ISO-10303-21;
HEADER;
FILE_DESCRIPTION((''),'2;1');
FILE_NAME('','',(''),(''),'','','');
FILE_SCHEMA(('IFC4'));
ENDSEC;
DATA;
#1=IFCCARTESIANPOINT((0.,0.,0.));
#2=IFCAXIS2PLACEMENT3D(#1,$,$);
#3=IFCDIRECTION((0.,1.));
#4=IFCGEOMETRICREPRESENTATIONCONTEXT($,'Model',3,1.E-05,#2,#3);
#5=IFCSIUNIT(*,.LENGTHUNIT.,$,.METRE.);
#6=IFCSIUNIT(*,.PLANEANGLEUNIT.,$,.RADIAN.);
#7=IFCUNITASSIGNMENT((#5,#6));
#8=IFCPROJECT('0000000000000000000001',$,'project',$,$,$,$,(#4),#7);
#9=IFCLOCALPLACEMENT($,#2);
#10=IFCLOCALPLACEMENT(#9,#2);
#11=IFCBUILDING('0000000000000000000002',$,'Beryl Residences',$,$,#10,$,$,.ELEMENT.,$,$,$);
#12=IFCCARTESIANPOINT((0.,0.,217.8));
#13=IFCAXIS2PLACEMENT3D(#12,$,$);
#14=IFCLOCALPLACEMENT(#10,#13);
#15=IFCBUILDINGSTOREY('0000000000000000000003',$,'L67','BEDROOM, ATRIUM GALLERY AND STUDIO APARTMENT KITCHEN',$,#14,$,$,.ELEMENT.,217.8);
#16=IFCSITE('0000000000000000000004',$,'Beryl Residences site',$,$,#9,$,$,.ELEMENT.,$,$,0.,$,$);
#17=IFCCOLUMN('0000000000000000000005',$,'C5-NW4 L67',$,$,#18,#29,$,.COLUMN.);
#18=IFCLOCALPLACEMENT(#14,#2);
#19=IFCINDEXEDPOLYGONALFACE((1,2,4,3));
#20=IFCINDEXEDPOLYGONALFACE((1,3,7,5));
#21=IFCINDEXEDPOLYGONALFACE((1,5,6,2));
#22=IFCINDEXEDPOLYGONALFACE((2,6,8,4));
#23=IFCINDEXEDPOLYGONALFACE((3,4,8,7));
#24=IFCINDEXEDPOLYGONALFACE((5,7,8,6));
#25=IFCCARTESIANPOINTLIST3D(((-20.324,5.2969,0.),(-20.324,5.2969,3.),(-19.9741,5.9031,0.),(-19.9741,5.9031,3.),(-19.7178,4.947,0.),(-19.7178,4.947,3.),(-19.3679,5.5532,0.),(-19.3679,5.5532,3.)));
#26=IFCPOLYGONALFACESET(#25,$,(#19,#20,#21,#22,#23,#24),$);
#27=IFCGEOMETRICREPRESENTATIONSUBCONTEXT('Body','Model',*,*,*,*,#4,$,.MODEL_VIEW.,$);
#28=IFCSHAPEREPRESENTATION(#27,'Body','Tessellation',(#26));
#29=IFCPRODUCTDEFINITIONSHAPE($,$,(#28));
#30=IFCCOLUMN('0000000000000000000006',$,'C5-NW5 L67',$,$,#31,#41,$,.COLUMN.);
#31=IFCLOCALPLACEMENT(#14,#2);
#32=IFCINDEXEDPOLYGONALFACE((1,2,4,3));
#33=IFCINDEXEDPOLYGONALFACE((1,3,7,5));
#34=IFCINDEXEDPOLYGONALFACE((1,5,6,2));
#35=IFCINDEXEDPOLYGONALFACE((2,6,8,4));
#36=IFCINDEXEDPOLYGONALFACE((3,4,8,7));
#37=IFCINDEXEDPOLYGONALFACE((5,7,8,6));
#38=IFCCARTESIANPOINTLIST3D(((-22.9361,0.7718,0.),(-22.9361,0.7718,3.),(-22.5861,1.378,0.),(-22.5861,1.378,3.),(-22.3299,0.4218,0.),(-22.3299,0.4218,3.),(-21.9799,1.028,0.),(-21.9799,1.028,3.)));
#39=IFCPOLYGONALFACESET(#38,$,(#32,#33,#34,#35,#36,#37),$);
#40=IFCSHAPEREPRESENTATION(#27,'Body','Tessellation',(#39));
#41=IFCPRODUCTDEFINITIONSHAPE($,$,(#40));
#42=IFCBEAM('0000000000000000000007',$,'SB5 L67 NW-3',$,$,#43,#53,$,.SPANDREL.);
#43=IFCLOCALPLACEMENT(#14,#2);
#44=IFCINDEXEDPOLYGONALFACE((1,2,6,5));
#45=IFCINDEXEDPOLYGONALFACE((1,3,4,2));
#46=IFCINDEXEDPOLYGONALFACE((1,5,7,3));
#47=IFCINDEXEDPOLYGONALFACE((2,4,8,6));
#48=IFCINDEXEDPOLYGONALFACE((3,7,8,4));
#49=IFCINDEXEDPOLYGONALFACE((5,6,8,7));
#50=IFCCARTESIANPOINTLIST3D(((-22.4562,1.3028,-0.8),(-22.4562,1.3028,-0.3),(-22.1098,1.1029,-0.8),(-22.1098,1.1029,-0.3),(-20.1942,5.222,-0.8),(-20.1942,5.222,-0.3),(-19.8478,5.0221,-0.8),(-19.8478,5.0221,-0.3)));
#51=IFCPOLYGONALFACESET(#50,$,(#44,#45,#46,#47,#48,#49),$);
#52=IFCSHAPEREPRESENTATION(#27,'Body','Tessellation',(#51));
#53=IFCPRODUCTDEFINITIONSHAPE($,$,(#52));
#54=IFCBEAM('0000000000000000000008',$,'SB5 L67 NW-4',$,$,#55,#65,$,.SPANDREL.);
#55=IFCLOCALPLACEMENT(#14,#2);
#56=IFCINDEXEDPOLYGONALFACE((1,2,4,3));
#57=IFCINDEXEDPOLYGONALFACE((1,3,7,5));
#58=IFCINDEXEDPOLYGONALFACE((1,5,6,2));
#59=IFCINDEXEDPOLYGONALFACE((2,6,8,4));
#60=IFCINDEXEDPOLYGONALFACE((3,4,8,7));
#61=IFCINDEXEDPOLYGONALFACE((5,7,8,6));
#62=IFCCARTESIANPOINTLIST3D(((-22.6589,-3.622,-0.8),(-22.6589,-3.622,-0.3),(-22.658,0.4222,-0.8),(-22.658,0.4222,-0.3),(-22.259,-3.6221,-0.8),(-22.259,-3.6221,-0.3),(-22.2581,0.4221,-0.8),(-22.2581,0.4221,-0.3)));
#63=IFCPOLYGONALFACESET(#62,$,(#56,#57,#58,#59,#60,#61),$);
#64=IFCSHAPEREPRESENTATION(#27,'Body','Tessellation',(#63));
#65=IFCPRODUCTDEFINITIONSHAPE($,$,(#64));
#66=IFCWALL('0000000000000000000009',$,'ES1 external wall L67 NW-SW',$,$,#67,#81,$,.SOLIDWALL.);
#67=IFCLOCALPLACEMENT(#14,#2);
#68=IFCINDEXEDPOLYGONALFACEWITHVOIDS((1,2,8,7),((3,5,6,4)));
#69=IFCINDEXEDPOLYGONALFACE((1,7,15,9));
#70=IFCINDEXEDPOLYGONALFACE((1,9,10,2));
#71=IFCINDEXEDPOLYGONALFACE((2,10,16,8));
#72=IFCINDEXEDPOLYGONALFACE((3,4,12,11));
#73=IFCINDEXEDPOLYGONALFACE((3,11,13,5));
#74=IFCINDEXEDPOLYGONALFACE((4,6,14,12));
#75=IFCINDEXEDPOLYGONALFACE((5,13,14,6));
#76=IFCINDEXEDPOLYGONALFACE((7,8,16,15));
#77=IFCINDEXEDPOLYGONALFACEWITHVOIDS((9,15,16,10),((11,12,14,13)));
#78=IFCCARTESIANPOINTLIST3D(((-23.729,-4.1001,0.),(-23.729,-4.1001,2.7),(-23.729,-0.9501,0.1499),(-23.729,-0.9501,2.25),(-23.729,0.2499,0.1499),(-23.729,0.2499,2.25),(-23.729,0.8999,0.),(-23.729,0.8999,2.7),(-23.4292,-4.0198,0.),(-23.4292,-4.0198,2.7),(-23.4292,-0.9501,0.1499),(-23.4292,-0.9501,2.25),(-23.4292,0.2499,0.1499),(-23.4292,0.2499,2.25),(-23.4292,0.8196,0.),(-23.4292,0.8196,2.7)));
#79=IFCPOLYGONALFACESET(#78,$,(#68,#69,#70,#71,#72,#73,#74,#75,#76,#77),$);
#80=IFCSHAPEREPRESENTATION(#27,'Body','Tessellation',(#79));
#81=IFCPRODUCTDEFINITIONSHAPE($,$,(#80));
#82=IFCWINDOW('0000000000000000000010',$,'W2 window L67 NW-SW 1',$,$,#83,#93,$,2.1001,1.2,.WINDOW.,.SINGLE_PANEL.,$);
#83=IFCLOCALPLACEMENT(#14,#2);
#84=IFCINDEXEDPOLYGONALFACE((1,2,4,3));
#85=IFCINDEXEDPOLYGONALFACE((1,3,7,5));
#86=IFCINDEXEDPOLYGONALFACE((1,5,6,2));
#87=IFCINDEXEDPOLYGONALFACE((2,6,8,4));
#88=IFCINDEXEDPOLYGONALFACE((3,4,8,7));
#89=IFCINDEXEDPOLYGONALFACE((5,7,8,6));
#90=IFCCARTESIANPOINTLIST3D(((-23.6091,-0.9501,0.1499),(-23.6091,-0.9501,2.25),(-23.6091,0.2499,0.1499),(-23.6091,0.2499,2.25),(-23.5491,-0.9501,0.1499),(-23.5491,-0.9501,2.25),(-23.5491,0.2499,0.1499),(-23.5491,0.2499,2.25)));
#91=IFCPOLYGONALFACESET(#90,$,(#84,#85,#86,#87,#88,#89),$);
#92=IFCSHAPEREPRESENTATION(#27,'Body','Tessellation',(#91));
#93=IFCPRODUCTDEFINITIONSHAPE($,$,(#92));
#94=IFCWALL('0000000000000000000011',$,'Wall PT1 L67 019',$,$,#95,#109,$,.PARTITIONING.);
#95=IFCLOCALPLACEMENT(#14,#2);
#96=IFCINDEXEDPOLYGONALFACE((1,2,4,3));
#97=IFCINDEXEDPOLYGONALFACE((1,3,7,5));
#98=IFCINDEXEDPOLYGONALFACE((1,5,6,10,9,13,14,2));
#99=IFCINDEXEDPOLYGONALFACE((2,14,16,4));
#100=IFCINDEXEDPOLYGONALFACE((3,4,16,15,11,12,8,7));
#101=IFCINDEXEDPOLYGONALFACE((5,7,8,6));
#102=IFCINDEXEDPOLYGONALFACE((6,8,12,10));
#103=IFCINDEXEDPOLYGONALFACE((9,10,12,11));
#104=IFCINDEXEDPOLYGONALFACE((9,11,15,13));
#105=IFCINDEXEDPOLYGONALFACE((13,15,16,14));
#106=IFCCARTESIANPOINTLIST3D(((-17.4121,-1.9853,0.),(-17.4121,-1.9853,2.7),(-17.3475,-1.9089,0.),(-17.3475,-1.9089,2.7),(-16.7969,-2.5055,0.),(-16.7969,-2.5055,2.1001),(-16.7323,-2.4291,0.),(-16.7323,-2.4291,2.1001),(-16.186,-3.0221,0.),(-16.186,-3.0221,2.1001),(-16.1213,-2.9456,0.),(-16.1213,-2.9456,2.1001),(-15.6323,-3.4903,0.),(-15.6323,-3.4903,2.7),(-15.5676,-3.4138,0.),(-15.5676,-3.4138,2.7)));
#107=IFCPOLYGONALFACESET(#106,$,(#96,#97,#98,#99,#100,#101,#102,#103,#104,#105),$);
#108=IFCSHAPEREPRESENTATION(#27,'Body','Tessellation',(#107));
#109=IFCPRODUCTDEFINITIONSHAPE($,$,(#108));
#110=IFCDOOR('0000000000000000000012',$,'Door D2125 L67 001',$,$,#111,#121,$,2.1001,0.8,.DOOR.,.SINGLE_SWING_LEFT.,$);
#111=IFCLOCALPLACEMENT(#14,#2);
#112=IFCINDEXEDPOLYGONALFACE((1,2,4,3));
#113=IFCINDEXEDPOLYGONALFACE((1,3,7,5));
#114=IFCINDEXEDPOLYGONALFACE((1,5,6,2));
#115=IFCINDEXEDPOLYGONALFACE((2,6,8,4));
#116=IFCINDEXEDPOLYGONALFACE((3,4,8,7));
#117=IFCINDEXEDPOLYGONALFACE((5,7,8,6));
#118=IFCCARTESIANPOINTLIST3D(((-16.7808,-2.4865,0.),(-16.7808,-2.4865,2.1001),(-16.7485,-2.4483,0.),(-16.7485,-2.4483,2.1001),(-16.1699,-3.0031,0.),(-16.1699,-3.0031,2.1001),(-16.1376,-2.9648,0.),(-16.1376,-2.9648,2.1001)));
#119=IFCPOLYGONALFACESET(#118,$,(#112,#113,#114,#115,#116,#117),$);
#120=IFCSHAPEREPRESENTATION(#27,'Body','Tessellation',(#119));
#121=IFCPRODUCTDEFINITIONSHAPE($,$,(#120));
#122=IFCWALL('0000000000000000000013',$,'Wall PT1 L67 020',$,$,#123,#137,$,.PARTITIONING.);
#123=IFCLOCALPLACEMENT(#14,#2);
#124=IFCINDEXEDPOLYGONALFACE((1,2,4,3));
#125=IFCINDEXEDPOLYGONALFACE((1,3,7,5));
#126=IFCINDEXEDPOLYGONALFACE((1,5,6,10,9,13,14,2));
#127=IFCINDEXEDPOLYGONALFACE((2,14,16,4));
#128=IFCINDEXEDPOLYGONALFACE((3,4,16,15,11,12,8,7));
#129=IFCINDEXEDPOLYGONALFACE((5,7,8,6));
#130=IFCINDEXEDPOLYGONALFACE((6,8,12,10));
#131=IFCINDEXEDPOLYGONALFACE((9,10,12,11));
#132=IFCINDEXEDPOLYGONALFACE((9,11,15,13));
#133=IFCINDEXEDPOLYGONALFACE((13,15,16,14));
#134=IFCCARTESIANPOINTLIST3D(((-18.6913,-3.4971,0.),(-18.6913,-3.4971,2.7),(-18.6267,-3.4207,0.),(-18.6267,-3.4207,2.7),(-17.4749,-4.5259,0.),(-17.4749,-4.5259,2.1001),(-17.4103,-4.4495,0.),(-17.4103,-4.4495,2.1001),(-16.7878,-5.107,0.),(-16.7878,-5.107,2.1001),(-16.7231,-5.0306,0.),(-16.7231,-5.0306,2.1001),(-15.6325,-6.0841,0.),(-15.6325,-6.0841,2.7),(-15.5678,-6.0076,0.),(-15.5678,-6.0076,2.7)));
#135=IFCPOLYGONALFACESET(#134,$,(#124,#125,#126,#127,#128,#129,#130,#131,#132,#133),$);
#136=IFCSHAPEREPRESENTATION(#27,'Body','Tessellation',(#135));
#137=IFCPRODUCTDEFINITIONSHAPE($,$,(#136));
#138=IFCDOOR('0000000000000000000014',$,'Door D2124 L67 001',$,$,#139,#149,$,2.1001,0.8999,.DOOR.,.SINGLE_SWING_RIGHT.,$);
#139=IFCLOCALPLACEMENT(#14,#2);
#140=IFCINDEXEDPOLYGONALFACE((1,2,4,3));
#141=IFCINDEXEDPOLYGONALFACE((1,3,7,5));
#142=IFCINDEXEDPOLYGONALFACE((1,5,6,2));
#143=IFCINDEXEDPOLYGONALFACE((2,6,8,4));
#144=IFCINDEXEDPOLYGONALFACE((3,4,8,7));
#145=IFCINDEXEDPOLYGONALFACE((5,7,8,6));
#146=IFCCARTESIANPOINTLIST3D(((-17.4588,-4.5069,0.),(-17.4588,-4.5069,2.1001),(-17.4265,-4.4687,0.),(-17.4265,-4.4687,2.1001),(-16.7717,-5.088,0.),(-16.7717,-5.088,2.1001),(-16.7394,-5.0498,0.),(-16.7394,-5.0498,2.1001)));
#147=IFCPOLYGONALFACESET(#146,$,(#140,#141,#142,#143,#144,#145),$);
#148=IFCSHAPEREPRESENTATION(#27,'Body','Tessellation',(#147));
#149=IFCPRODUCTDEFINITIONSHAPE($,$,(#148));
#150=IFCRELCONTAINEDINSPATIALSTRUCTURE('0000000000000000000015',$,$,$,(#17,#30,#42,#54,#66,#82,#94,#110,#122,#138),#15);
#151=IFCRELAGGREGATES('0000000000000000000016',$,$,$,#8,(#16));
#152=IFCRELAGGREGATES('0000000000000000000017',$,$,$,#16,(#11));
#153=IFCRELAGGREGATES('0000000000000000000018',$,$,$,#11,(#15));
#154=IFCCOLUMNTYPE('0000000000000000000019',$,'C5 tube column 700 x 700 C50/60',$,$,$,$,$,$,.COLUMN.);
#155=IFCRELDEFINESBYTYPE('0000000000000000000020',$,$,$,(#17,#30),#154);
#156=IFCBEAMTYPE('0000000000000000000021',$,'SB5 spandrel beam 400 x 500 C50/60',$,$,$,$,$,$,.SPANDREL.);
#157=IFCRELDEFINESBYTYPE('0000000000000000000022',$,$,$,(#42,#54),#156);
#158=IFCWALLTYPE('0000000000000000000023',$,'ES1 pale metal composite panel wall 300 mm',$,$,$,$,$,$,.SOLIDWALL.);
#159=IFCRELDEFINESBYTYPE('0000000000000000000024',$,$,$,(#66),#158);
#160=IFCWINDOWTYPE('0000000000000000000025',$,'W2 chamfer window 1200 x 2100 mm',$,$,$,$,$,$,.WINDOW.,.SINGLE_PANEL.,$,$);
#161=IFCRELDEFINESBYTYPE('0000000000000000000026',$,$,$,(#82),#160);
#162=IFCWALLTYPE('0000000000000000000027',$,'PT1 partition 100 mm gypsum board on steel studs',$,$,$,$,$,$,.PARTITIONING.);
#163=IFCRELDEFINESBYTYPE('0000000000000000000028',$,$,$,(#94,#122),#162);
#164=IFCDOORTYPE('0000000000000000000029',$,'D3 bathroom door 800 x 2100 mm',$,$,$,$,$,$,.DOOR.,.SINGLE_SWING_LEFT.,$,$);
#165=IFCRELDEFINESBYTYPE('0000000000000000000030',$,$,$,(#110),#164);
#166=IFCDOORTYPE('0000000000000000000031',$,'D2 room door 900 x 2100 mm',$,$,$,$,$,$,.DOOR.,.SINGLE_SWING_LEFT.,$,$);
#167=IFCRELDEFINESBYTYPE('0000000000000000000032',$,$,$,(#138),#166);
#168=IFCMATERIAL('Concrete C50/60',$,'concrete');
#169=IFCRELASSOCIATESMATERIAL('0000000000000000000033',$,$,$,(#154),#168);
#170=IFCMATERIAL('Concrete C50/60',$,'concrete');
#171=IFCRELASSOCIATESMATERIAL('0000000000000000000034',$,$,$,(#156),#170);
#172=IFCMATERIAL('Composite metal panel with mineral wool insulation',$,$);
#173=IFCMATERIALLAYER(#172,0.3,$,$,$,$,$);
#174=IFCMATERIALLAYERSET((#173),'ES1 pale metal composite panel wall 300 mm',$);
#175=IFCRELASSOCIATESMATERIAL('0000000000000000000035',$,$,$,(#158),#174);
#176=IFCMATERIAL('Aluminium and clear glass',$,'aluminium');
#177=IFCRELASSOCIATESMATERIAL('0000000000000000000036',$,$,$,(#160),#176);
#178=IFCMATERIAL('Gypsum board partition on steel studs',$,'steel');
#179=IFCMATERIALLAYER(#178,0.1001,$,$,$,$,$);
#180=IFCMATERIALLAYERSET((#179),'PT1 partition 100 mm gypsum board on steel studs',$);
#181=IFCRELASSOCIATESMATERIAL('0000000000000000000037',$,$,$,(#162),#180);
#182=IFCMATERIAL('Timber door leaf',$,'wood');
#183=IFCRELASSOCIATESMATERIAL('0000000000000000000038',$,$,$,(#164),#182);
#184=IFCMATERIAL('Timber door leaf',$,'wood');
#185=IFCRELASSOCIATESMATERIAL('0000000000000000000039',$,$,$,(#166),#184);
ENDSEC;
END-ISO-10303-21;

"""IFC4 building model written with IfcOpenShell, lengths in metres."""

from ifc_helpers import new_model, si_unit, direction, frame, frame_2d, origin, origin_2d, place, context, subcontext, project, spatial, polyline, rectangle, outline, extrude, material, layer, layer_set, material_profile, profile_set, type_object, element, fill, save


model = new_model("IFC4")

# Units and contexts
model_context = context("Model", 3, precision=1e-05, world=origin(), true_north=direction((0.0, 1.0)))
body_context = subcontext(model_context, "Body", "Model", "MODEL_VIEW")
ifc_project = project(units=[si_unit("LENGTHUNIT", "METRE"), si_unit("PLANEANGLEUNIT", "RADIAN")], contexts=[model_context])

# Site, building, storey
site_placement = place(None, origin())
site = spatial("IfcSite", under=ifc_project, at=site_placement, Name="Beryl Residences site", CompositionType="ELEMENT", RefElevation=0.0)
building_placement = place(site_placement, origin())
building = spatial("IfcBuilding", under=site, at=building_placement, Name="Beryl Residences", CompositionType="ELEMENT")
storey_placement = place(building_placement, frame((0.0, 0.0, 217.8)))
storey = spatial("IfcBuildingStorey", under=building, at=storey_placement, Name="L67", Description="BEDROOM, ATRIUM GALLERY AND STUDIO APARTMENT KITCHEN", CompositionType="ELEMENT", Elevation=217.8)

# Columns
ifc_material_1 = material(Name="Concrete C50/60", Category="concrete")
ifc_material_profile_1 = material_profile(ifc_material_1, rectangle(XDim=0.7, YDim=0.7, at=origin_2d()))
ifc_profile_set_1 = profile_set([ifc_material_profile_1], Name="Concrete C50/60")
column_type = type_object("IfcColumnType", Name="C5 tube column 700 x 700 C50/60", PredefinedType="COLUMN", material=ifc_profile_set_1)
for number, where, z_axis, x_axis, name in (
    (1, (-19.8459, 5.425, 0.0), (0.0, 0.0, 1.0), (-0.49997, -0.866043, 0.0), "C5-NW4 L67"),
    (2, (-22.458, 0.8999, 0.0), (0.0, 0.0, 1.0), (-0.49997, -0.866043, 0.0), "C5-NW5 L67"),
):
    element("IfcColumn", number, at=place(storey_placement, frame(where, z_axis=z_axis, x_axis=x_axis)), inside=storey, type_object=column_type, Name=name, PredefinedType="COLUMN", context=body_context, shape_type="SweptSolid", body=[
        extrude(rectangle(XDim=0.7, YDim=0.7, at=origin_2d()), origin(), (0.0, 0.0, 1.0), 3.0),
    ])

# Beams
ifc_material_2 = material(Name="Concrete C50/60", Category="concrete")
ifc_material_profile_2 = material_profile(ifc_material_2, rectangle(XDim=0.3999, YDim=0.5, at=origin_2d()))
ifc_profile_set_2 = profile_set([ifc_material_profile_2], Name="Concrete C50/60")
beam_type = type_object("IfcBeamType", Name="SB5 spandrel beam 400 x 500 C50/60", PredefinedType="SPANDREL", material=ifc_profile_set_2)
beam_1_placement = place(storey_placement, frame((-20.021, 5.1221, -0.55), z_axis=(-0.49987, -0.8661, 0.0), x_axis=(0.8661, -0.49987, 0.0)))
element("IfcBeam", 3, at=beam_1_placement, inside=storey, type_object=beam_type, Name="SB5 L67 NW-3", PredefinedType="SPANDREL", context=body_context, shape_type="SweptSolid", body=[
    extrude(rectangle(XDim=0.3999, YDim=0.5, at=origin_2d()), origin(), (0.0, 0.0, 1.0), 4.5251),
])
beam_2_placement = place(storey_placement, frame((-22.458, 0.4221, -0.55), z_axis=(-0.000241, -1.0, 0.0), x_axis=(1.0, -0.000241, 0.0)))
element("IfcBeam", 4, at=beam_2_placement, inside=storey, type_object=beam_type, Name="SB5 L67 NW-4", PredefinedType="SPANDREL", context=body_context, shape_type="SweptSolid", body=[
    extrude(rectangle(XDim=0.3999, YDim=0.5, at=origin_2d()), origin(), (0.0, 0.0, 1.0), 4.0442),
])

# Wall, opening, window
ifc_material_3 = material(Name="Composite metal panel with mineral wool insulation")
ifc_layer_1 = layer(ifc_material_3, 0.3)
ifc_layer_set_1 = layer_set([ifc_layer_1], Name="ES1 pale metal composite panel wall 300 mm")
wall_type_1 = type_object("IfcWallType", Name="ES1 pale metal composite panel wall 300 mm", PredefinedType="SOLIDWALL", material=ifc_layer_set_1)
wall_1_placement = place(storey_placement, frame((-23.5791, 0.8999, 0.0), z_axis=(0.0, 0.0, 1.0), x_axis=(0.0, -1.0, 0.0)))
wall_1 = element("IfcWall", 5, at=wall_1_placement, inside=storey, type_object=wall_type_1, Name="ES1 external wall L67 NW-SW", PredefinedType="SOLIDWALL", context=body_context, shape_type="SweptSolid", body=[
    extrude(outline(polyline([(0.0, -0.1499), (5.0, -0.1499), (4.9197, 0.1499), (0.0803, 0.1499), (0.0, -0.1499)])), origin(), (0.0, 0.0, 1.0), 2.7),
])
opening_1_placement = place(wall_1_placement, frame((0.6499, 0.0, 0.1499)))
opening_1 = element("IfcOpeningElement", 6, at=opening_1_placement, cuts=wall_1, PredefinedType="OPENING", context=body_context, shape_type="SweptSolid", body=[
    extrude(rectangle(XDim=1.2, YDim=2.1001, at=frame_2d((0.6001, 1.05))), frame((0.0, 0.1599, 0.0), z_axis=(0.0, -1.0, 0.0), x_axis=(1.0, 0.0, 0.0)), (0.0, 0.0, 1.0), 0.3201),
])
ifc_material_4 = material(Name="Aluminium and clear glass", Category="aluminium")
window_type = type_object("IfcWindowType", Name="W2 chamfer window 1200 x 2100 mm", PartitioningType="SINGLE_PANEL", PredefinedType="WINDOW", material=ifc_material_4)
window_placement = place(opening_1_placement, origin())
window = element("IfcWindow", 7, at=window_placement, inside=storey, type_object=window_type, Name="W2 window L67 NW-SW 1", OverallHeight=2.1001, OverallWidth=1.2, PartitioningType="SINGLE_PANEL", PredefinedType="WINDOW", context=body_context, shape_type="SweptSolid", body=[
    extrude(rectangle(XDim=1.2, YDim=2.1001, at=frame_2d((0.6001, 1.05))), frame((0.0, 0.03, 0.0), z_axis=(0.0, -1.0, 0.0), x_axis=(1.0, 0.0, 0.0)), (0.0, 0.0, 1.0), 0.0601),
])
fill(opening_1, window)

# Walls, openings, doors
ifc_material_5 = material(Name="Gypsum board partition on steel studs", Category="steel")
ifc_layer_2 = layer(ifc_material_5, 0.1001)
ifc_layer_set_2 = layer_set([ifc_layer_2], Name="PT1 partition 100 mm gypsum board on steel studs")
wall_type_2 = type_object("IfcWallType", Name="PT1 partition 100 mm gypsum board on steel studs", PredefinedType="PARTITIONING", material=ifc_layer_set_2)
wall_2_placement = place(storey_placement, frame((-17.3799, -1.947, 0.0), z_axis=(0.0, 0.0, 1.0), x_axis=(0.763617, -0.64567, 0.0)))
wall_2 = element("IfcWall", 8, at=wall_2_placement, inside=storey, type_object=wall_type_2, Name="Wall PT1 L67 019", PredefinedType="PARTITIONING", context=body_context, shape_type="SweptSolid", body=[
    extrude(rectangle(XDim=2.3308, YDim=0.1001, at=frame_2d((1.1655, 0.0))), origin(), (0.0, 0.0, 1.0), 2.7),
])
opening_2_placement = place(wall_2_placement, frame((0.8059, 0.0, 0.0)))
opening_2 = element("IfcOpeningElement", 9, at=opening_2_placement, cuts=wall_2, PredefinedType="OPENING", context=body_context, shape_type="SweptSolid", body=[
    extrude(rectangle(XDim=0.8, YDim=2.1001, at=frame_2d((0.3999, 1.05))), frame((0.0, 0.0601, 0.0), z_axis=(0.0, -1.0, 0.0), x_axis=(1.0, 0.0, 0.0)), (0.0, 0.0, 1.0), 0.1201),
])
ifc_material_6 = material(Name="Timber door leaf", Category="wood")
door_type_1 = type_object("IfcDoorType", Name="D3 bathroom door 800 x 2100 mm", OperationType="SINGLE_SWING_LEFT", PredefinedType="DOOR", material=ifc_material_6)
door_1_placement = place(opening_2_placement, origin())
door_1 = element("IfcDoor", 10, at=door_1_placement, inside=storey, type_object=door_type_1, Name="Door D2125 L67 001", OperationType="SINGLE_SWING_LEFT", OverallHeight=2.1001, OverallWidth=0.8, PredefinedType="DOOR", context=body_context, shape_type="SweptSolid", body=[
    extrude(rectangle(XDim=0.8, YDim=2.1001, at=frame_2d((0.3999, 1.05))), frame((0.0, 0.0249, 0.0), z_axis=(0.0, -1.0, 0.0), x_axis=(1.0, 0.0, 0.0)), (0.0, 0.0, 1.0), 0.05),
])
fill(opening_2, door_1)
wall_3_placement = place(storey_placement, frame((-18.6589, -3.459, 0.0), z_axis=(0.0, 0.0, 1.0), x_axis=(0.76355, -0.645748, 0.0)))
wall_3 = element("IfcWall", 11, at=wall_3_placement, inside=storey, type_object=wall_type_2, Name="Wall PT1 L67 020", PredefinedType="PARTITIONING", context=body_context, shape_type="SweptSolid", body=[
    extrude(rectangle(XDim=4.0061, YDim=0.1001, at=frame_2d((2.0029, 0.0))), origin(), (0.0, 0.0, 1.0), 2.7),
])
opening_3_placement = place(wall_3_placement, frame((1.593, 0.0, 0.0)))
opening_3 = element("IfcOpeningElement", 12, at=opening_3_placement, cuts=wall_3, PredefinedType="OPENING", context=body_context, shape_type="SweptSolid", body=[
    extrude(rectangle(XDim=0.8999, YDim=2.1001, at=frame_2d((0.45, 1.05))), frame((0.0, 0.0601, 0.0), z_axis=(0.0, -1.0, 0.0), x_axis=(1.0, 0.0, 0.0)), (0.0, 0.0, 1.0), 0.1201),
])
ifc_material_7 = material(Name="Timber door leaf", Category="wood")
door_type_2 = type_object("IfcDoorType", Name="D2 room door 900 x 2100 mm", OperationType="SINGLE_SWING_LEFT", PredefinedType="DOOR", material=ifc_material_7)
door_2_placement = place(opening_3_placement, origin())
door_2 = element("IfcDoor", 13, at=door_2_placement, inside=storey, type_object=door_type_2, Name="Door D2124 L67 001", OperationType="SINGLE_SWING_RIGHT", OverallHeight=2.1001, OverallWidth=0.8999, PredefinedType="DOOR", context=body_context, shape_type="SweptSolid", body=[
    extrude(rectangle(XDim=0.8999, YDim=2.1001, at=frame_2d((0.45, 1.05))), frame((0.0, 0.0249, 0.0), z_axis=(0.0, -1.0, 0.0), x_axis=(1.0, 0.0, 0.0)), (0.0, 0.0, 1.0), 0.05),
])
fill(opening_3, door_2)

save(model, "model.ifc")
